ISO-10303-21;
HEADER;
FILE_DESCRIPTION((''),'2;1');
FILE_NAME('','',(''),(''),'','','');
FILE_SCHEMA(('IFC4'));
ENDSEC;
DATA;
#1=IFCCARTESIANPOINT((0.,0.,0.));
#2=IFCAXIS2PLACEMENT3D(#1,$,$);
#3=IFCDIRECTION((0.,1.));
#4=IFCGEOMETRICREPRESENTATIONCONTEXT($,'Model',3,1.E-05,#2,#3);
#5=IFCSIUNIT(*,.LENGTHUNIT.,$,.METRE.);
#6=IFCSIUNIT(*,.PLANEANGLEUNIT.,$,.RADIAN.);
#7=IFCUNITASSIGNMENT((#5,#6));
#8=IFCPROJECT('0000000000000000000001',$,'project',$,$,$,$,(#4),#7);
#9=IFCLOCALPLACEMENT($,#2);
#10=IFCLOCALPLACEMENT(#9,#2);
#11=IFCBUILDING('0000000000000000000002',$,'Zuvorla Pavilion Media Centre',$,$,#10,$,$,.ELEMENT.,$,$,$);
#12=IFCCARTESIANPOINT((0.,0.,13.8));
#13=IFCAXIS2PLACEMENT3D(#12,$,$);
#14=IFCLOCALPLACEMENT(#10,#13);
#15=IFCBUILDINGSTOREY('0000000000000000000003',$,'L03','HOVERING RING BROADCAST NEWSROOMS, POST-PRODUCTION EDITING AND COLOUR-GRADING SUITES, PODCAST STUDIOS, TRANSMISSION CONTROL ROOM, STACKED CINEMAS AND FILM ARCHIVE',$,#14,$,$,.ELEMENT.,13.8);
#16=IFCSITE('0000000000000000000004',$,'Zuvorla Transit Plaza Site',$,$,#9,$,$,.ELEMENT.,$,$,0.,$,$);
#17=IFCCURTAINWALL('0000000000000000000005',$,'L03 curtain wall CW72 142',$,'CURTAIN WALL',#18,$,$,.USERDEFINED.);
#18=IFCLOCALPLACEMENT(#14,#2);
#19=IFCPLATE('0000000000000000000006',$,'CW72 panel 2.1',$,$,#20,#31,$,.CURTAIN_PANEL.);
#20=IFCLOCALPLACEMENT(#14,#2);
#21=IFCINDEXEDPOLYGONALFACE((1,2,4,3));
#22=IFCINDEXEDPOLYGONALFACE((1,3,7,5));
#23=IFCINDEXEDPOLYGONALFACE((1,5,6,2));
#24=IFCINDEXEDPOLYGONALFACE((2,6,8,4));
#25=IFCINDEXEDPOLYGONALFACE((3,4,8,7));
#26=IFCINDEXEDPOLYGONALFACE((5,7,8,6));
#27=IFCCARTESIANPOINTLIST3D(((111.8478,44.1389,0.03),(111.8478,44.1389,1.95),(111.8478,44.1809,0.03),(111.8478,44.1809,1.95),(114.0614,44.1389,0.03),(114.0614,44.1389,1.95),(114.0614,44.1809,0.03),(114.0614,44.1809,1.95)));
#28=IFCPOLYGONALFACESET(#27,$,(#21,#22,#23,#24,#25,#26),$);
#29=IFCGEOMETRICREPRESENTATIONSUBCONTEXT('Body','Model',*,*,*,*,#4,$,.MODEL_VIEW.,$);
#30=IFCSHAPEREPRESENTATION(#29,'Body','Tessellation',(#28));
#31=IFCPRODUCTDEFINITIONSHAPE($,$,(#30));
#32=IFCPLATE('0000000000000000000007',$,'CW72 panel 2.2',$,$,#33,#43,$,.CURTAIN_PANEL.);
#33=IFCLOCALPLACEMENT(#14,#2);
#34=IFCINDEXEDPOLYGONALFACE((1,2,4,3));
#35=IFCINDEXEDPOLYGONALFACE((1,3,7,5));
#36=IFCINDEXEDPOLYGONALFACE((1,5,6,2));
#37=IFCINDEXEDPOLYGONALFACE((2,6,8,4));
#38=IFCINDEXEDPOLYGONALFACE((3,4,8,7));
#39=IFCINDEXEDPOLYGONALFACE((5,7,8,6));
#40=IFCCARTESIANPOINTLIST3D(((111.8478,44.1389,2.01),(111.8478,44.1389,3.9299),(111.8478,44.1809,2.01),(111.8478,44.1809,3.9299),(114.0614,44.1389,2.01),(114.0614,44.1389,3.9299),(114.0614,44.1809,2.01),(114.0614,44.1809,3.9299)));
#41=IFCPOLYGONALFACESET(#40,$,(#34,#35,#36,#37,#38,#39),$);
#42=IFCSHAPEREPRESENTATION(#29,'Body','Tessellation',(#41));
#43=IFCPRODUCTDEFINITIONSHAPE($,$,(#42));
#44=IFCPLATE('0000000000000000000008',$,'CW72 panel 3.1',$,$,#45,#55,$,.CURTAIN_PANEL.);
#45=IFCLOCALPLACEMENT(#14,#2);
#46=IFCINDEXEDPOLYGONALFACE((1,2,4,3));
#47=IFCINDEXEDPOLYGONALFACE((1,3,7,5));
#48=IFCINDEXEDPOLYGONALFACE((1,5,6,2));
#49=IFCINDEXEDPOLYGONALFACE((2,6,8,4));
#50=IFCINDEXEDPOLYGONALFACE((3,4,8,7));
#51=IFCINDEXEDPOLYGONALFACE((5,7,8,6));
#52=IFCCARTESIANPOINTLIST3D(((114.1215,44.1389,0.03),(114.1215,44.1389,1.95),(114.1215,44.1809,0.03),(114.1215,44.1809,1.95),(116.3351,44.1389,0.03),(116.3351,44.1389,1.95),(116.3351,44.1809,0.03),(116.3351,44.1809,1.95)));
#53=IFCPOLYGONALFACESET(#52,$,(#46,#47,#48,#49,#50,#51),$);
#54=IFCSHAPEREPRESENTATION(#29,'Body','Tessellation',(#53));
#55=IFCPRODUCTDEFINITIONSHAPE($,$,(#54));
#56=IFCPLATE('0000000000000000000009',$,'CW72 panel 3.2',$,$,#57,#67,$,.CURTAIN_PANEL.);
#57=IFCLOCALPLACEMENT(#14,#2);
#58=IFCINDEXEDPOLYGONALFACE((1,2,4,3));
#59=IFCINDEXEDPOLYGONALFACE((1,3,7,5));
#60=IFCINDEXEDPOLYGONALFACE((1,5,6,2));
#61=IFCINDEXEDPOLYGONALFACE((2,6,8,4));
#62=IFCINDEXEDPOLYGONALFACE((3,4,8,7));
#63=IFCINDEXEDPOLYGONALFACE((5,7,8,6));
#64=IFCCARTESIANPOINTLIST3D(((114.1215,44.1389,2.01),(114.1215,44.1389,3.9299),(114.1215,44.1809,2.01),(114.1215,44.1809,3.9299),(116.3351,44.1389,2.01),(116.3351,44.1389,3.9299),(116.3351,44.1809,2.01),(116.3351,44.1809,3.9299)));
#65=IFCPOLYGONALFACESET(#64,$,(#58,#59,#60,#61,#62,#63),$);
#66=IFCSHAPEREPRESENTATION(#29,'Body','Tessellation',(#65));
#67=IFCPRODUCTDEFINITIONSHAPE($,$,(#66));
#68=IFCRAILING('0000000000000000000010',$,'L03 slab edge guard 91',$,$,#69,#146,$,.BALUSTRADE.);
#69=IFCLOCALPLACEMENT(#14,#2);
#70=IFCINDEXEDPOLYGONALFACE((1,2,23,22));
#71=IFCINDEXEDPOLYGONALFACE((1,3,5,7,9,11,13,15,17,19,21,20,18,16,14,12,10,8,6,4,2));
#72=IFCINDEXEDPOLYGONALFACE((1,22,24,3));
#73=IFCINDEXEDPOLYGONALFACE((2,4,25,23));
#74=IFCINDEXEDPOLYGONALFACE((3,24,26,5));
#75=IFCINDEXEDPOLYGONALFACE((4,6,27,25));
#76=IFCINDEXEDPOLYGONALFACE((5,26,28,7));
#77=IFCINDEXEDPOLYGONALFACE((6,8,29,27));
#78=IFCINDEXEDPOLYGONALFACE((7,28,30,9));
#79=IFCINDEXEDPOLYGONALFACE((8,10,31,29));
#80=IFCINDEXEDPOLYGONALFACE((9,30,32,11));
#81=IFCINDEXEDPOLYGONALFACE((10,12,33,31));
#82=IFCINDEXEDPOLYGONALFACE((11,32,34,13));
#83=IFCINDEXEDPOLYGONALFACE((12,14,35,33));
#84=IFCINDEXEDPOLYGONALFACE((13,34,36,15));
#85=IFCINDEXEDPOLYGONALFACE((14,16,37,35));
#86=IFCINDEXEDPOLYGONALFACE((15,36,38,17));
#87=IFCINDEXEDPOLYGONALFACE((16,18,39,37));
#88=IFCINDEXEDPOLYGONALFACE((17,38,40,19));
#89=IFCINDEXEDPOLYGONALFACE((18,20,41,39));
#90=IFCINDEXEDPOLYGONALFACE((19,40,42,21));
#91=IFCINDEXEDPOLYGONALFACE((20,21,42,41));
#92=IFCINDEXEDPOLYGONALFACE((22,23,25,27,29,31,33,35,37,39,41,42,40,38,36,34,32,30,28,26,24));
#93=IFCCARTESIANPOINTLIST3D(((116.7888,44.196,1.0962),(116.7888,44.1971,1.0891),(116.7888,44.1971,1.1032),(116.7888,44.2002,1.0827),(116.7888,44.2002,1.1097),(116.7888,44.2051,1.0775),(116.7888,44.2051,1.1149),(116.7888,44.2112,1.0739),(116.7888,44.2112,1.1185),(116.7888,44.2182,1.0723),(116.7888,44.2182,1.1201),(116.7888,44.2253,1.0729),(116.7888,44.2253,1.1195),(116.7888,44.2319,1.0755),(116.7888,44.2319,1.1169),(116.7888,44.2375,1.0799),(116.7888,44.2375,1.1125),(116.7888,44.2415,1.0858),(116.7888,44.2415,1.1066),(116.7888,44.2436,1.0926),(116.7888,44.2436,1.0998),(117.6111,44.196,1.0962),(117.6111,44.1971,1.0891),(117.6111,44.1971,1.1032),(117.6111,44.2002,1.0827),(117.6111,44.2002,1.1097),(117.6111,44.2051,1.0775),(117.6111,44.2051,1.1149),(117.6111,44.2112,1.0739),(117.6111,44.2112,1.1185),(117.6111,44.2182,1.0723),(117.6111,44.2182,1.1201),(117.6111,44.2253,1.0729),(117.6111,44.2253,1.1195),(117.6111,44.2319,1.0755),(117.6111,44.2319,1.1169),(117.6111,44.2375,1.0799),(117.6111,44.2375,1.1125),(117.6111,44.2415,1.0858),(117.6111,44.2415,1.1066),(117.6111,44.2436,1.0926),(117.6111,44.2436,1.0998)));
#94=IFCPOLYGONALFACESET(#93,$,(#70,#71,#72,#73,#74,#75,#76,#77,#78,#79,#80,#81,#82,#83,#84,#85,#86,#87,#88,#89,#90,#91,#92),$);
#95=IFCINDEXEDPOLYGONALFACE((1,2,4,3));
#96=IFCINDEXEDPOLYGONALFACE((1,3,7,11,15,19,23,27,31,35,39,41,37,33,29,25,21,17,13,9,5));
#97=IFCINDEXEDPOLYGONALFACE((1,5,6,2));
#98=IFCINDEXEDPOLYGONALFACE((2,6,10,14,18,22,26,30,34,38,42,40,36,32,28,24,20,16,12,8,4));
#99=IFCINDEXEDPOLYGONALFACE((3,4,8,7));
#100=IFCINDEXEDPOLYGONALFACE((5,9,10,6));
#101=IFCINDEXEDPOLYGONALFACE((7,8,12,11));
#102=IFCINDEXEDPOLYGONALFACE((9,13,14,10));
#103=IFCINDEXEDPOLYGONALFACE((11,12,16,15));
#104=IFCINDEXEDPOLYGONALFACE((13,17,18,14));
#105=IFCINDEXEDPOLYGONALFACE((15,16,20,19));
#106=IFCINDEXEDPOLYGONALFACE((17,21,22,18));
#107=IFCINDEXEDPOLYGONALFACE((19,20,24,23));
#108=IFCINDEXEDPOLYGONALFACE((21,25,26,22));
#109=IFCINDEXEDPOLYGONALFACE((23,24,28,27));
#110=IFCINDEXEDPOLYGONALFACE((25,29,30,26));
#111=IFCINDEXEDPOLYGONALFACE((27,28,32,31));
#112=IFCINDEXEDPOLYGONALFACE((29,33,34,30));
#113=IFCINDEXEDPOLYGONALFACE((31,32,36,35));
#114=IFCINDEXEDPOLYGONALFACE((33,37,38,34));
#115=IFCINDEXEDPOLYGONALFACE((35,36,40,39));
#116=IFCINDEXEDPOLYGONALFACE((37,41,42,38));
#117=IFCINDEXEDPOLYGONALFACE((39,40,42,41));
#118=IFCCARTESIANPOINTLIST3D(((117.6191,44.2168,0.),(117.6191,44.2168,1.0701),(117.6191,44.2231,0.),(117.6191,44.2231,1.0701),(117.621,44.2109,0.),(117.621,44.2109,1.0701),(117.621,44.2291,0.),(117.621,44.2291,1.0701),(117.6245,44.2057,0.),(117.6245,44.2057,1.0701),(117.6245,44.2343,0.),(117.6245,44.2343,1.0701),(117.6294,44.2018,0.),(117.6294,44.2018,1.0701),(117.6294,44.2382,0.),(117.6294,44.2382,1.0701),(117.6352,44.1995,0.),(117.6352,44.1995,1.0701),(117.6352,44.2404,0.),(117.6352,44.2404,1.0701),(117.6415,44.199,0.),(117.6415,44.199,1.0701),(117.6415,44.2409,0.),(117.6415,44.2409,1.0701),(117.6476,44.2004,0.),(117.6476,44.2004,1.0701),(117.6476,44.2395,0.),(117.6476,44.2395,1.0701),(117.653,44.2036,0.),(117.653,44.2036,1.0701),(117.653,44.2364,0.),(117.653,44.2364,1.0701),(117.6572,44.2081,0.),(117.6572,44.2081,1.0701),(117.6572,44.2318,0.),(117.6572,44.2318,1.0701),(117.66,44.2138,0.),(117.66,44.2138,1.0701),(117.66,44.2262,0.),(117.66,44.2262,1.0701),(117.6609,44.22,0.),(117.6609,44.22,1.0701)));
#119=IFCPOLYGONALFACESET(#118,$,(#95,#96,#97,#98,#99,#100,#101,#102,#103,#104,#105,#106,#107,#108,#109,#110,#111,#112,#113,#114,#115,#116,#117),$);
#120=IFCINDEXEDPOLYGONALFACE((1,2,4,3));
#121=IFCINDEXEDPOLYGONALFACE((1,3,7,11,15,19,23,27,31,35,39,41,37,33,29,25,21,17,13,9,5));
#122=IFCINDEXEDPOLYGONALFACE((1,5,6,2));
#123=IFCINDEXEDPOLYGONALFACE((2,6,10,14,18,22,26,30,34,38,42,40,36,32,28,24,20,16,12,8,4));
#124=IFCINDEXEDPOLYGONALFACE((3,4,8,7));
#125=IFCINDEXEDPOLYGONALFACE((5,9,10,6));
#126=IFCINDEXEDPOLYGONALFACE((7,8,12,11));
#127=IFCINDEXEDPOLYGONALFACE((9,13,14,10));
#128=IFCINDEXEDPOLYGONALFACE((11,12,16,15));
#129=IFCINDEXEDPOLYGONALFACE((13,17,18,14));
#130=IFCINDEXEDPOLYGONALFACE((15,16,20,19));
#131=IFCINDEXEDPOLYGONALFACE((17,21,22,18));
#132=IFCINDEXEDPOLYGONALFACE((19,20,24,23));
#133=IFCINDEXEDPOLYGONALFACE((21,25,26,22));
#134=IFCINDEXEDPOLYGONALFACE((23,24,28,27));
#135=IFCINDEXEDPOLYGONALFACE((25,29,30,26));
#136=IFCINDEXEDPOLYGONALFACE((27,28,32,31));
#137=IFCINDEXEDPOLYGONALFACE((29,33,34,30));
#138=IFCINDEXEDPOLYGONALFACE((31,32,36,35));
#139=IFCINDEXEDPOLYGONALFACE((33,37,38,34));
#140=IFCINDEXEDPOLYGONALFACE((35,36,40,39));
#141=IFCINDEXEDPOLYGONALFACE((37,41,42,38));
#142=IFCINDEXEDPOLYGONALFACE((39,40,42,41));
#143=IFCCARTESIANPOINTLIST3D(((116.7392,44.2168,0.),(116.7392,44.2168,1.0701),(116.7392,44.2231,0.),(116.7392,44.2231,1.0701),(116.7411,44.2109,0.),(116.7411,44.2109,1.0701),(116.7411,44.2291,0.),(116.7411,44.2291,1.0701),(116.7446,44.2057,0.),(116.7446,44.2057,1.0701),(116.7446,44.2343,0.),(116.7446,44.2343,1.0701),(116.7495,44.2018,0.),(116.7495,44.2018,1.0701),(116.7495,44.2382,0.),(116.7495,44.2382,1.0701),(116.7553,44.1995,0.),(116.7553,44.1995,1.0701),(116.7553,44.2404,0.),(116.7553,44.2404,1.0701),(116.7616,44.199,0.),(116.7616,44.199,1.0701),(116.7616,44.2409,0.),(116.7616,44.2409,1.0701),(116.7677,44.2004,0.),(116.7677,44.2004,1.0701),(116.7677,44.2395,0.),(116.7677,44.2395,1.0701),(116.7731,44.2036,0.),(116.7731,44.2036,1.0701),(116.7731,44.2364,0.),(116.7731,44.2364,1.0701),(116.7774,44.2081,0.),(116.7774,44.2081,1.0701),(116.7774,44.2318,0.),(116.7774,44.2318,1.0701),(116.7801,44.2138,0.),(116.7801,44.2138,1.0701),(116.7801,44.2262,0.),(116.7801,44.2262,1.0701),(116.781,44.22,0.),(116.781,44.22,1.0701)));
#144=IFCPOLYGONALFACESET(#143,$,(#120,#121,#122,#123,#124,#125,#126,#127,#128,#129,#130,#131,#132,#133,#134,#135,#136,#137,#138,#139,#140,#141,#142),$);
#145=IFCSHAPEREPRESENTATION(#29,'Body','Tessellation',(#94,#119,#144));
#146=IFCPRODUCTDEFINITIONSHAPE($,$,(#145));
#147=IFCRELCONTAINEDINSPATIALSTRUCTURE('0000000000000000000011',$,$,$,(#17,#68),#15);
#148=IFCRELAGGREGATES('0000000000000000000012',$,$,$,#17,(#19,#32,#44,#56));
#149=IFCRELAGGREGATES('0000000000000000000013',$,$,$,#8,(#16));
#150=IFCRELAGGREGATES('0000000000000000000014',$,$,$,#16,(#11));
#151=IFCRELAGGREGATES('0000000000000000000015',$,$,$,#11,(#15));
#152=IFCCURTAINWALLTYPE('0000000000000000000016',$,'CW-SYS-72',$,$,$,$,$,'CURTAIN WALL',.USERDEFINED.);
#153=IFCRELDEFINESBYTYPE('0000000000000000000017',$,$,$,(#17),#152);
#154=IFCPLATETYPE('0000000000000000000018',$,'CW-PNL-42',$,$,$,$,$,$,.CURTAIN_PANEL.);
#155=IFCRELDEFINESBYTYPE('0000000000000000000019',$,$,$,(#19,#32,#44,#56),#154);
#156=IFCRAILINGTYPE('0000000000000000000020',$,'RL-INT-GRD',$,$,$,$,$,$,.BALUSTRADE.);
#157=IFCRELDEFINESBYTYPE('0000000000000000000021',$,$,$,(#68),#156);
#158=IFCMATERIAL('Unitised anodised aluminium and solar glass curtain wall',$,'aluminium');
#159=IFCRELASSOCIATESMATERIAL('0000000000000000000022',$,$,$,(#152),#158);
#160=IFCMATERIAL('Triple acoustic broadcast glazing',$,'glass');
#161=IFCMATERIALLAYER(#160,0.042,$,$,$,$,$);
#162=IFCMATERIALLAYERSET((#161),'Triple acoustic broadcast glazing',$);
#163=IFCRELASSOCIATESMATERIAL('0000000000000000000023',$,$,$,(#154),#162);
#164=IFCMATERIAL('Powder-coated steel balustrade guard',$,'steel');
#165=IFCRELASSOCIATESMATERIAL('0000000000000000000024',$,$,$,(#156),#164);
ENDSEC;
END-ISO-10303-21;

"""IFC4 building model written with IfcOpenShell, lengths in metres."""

from ifc_helpers import new_model, si_unit, direction, frame, origin, origin_2d, place, context, subcontext, project, spatial, rectangle, circle, extrude, material, layer, layer_set, type_object, element, aggregate, save


model = new_model("IFC4")

# Units and contexts
model_context = context("Model", 3, precision=1e-05, world=origin(), true_north=direction((0.0, 1.0)))
body_context = subcontext(model_context, "Body", "Model", "MODEL_VIEW")
ifc_project = project(units=[si_unit("LENGTHUNIT", "METRE"), si_unit("PLANEANGLEUNIT", "RADIAN")], contexts=[model_context])

# Site, building, storey
site_placement = place(None, origin())
site = spatial("IfcSite", under=ifc_project, at=site_placement, Name="Zuvorla Transit Plaza Site", CompositionType="ELEMENT", RefElevation=0.0)
building_placement = place(site_placement, origin())
building = spatial("IfcBuilding", under=site, at=building_placement, Name="Zuvorla Pavilion Media Centre", CompositionType="ELEMENT")
storey_placement = place(building_placement, frame((0.0, 0.0, 13.8)))
storey = spatial("IfcBuildingStorey", under=building, at=storey_placement, Name="L03", Description="HOVERING RING BROADCAST NEWSROOMS, POST-PRODUCTION EDITING AND COLOUR-GRADING SUITES, PODCAST STUDIOS, TRANSMISSION CONTROL ROOM, STACKED CINEMAS AND FILM ARCHIVE", CompositionType="ELEMENT", Elevation=13.8)

# Curtain wall
ifc_material_1 = material(Name="Unitised anodised aluminium and solar glass curtain wall", Category="aluminium")
curtain_wall_type_1 = type_object("IfcCurtainWallType", Name="CW-SYS-72", ElementType="CURTAIN WALL", PredefinedType="USERDEFINED", material=ifc_material_1)
curtain_wall_1_placement = place(storey_placement, origin())
curtain_wall_1 = element("IfcCurtainWall", 1, at=curtain_wall_1_placement, inside=storey, type_object=curtain_wall_type_1, Name="L03 curtain wall CW72 142", ObjectType="CURTAIN WALL", PredefinedType="USERDEFINED")

# Plates
ifc_material_2 = material(Name="Triple acoustic broadcast glazing", Category="glass")
ifc_layer_1 = layer(ifc_material_2, 0.042)
ifc_layer_set_1 = layer_set([ifc_layer_1], Name="Triple acoustic broadcast glazing")
plate_type_1 = type_object("IfcPlateType", Name="CW-PNL-42", PredefinedType="CURTAIN_PANEL", material=ifc_layer_set_1)
plate_1_placement = place(storey_placement, frame((112.9546, 44.1599, 0.03), z_axis=(0.0, 0.0, 1.0), x_axis=(1.0, 0.0, 0.0)))
plate_1 = element("IfcPlate", 2, at=plate_1_placement, type_object=plate_type_1, Name="CW72 panel 2.1", PredefinedType="CURTAIN_PANEL", context=body_context, shape_type="SweptSolid", body=[
    extrude(rectangle(XDim=2.2136, YDim=0.042, at=origin_2d()), origin(), (0.0, 0.0, 1.0), 1.9199),
])
plate_2_placement = place(storey_placement, frame((112.9546, 44.1599, 2.01), z_axis=(0.0, 0.0, 1.0), x_axis=(1.0, 0.0, 0.0)))
plate_2 = element("IfcPlate", 3, at=plate_2_placement, type_object=plate_type_1, Name="CW72 panel 2.2", PredefinedType="CURTAIN_PANEL", context=body_context, shape_type="SweptSolid", body=[
    extrude(rectangle(XDim=2.2136, YDim=0.042, at=origin_2d()), origin(), (0.0, 0.0, 1.0), 1.9199),
])
plate_3_placement = place(storey_placement, frame((115.2283, 44.1599, 0.03), z_axis=(0.0, 0.0, 1.0), x_axis=(1.0, 0.0, 0.0)))
plate_3 = element("IfcPlate", 4, at=plate_3_placement, type_object=plate_type_1, Name="CW72 panel 3.1", PredefinedType="CURTAIN_PANEL", context=body_context, shape_type="SweptSolid", body=[
    extrude(rectangle(XDim=2.2136, YDim=0.042, at=origin_2d()), origin(), (0.0, 0.0, 1.0), 1.9199),
])
plate_4_placement = place(storey_placement, frame((115.2283, 44.1599, 2.01), z_axis=(0.0, 0.0, 1.0), x_axis=(1.0, 0.0, 0.0)))
plate_4 = element("IfcPlate", 5, at=plate_4_placement, type_object=plate_type_1, Name="CW72 panel 3.2", PredefinedType="CURTAIN_PANEL", context=body_context, shape_type="SweptSolid", body=[
    extrude(rectangle(XDim=2.2136, YDim=0.042, at=origin_2d()), origin(), (0.0, 0.0, 1.0), 1.9199),
])
aggregate(curtain_wall_1, [plate_1, plate_2, plate_3, plate_4])

# Railing
ifc_material_3 = material(Name="Powder-coated steel balustrade guard", Category="steel")
railing_type = type_object("IfcRailingType", Name="RL-INT-GRD", PredefinedType="BALUSTRADE", material=ifc_material_3)
railing_1_placement = place(storey_placement, frame((117.6399, 44.22, 0.0)))
element("IfcRailing", 6, at=railing_1_placement, inside=storey, type_object=railing_type, Name="L03 slab edge guard 91", PredefinedType="BALUSTRADE", context=body_context, shape_type="SweptSolid", body=[
    extrude(circle(Radius=0.0239, at=origin_2d()), frame((-0.0288, 0.0, 1.0962), z_axis=(-1.0, 0.0, 0.0), x_axis=(0.0, -1.0, 0.0)), (0.0, 0.0, 1.0), 0.8223),
    extrude(circle(Radius=0.021, at=origin_2d()), origin(), (0.0, 0.0, 1.0), 1.0701),
    extrude(circle(Radius=0.021, at=origin_2d()), frame((-0.8799, 0.0, 0.0)), (0.0, 0.0, 1.0), 1.0701),
])

save(model, "model.ifc")
